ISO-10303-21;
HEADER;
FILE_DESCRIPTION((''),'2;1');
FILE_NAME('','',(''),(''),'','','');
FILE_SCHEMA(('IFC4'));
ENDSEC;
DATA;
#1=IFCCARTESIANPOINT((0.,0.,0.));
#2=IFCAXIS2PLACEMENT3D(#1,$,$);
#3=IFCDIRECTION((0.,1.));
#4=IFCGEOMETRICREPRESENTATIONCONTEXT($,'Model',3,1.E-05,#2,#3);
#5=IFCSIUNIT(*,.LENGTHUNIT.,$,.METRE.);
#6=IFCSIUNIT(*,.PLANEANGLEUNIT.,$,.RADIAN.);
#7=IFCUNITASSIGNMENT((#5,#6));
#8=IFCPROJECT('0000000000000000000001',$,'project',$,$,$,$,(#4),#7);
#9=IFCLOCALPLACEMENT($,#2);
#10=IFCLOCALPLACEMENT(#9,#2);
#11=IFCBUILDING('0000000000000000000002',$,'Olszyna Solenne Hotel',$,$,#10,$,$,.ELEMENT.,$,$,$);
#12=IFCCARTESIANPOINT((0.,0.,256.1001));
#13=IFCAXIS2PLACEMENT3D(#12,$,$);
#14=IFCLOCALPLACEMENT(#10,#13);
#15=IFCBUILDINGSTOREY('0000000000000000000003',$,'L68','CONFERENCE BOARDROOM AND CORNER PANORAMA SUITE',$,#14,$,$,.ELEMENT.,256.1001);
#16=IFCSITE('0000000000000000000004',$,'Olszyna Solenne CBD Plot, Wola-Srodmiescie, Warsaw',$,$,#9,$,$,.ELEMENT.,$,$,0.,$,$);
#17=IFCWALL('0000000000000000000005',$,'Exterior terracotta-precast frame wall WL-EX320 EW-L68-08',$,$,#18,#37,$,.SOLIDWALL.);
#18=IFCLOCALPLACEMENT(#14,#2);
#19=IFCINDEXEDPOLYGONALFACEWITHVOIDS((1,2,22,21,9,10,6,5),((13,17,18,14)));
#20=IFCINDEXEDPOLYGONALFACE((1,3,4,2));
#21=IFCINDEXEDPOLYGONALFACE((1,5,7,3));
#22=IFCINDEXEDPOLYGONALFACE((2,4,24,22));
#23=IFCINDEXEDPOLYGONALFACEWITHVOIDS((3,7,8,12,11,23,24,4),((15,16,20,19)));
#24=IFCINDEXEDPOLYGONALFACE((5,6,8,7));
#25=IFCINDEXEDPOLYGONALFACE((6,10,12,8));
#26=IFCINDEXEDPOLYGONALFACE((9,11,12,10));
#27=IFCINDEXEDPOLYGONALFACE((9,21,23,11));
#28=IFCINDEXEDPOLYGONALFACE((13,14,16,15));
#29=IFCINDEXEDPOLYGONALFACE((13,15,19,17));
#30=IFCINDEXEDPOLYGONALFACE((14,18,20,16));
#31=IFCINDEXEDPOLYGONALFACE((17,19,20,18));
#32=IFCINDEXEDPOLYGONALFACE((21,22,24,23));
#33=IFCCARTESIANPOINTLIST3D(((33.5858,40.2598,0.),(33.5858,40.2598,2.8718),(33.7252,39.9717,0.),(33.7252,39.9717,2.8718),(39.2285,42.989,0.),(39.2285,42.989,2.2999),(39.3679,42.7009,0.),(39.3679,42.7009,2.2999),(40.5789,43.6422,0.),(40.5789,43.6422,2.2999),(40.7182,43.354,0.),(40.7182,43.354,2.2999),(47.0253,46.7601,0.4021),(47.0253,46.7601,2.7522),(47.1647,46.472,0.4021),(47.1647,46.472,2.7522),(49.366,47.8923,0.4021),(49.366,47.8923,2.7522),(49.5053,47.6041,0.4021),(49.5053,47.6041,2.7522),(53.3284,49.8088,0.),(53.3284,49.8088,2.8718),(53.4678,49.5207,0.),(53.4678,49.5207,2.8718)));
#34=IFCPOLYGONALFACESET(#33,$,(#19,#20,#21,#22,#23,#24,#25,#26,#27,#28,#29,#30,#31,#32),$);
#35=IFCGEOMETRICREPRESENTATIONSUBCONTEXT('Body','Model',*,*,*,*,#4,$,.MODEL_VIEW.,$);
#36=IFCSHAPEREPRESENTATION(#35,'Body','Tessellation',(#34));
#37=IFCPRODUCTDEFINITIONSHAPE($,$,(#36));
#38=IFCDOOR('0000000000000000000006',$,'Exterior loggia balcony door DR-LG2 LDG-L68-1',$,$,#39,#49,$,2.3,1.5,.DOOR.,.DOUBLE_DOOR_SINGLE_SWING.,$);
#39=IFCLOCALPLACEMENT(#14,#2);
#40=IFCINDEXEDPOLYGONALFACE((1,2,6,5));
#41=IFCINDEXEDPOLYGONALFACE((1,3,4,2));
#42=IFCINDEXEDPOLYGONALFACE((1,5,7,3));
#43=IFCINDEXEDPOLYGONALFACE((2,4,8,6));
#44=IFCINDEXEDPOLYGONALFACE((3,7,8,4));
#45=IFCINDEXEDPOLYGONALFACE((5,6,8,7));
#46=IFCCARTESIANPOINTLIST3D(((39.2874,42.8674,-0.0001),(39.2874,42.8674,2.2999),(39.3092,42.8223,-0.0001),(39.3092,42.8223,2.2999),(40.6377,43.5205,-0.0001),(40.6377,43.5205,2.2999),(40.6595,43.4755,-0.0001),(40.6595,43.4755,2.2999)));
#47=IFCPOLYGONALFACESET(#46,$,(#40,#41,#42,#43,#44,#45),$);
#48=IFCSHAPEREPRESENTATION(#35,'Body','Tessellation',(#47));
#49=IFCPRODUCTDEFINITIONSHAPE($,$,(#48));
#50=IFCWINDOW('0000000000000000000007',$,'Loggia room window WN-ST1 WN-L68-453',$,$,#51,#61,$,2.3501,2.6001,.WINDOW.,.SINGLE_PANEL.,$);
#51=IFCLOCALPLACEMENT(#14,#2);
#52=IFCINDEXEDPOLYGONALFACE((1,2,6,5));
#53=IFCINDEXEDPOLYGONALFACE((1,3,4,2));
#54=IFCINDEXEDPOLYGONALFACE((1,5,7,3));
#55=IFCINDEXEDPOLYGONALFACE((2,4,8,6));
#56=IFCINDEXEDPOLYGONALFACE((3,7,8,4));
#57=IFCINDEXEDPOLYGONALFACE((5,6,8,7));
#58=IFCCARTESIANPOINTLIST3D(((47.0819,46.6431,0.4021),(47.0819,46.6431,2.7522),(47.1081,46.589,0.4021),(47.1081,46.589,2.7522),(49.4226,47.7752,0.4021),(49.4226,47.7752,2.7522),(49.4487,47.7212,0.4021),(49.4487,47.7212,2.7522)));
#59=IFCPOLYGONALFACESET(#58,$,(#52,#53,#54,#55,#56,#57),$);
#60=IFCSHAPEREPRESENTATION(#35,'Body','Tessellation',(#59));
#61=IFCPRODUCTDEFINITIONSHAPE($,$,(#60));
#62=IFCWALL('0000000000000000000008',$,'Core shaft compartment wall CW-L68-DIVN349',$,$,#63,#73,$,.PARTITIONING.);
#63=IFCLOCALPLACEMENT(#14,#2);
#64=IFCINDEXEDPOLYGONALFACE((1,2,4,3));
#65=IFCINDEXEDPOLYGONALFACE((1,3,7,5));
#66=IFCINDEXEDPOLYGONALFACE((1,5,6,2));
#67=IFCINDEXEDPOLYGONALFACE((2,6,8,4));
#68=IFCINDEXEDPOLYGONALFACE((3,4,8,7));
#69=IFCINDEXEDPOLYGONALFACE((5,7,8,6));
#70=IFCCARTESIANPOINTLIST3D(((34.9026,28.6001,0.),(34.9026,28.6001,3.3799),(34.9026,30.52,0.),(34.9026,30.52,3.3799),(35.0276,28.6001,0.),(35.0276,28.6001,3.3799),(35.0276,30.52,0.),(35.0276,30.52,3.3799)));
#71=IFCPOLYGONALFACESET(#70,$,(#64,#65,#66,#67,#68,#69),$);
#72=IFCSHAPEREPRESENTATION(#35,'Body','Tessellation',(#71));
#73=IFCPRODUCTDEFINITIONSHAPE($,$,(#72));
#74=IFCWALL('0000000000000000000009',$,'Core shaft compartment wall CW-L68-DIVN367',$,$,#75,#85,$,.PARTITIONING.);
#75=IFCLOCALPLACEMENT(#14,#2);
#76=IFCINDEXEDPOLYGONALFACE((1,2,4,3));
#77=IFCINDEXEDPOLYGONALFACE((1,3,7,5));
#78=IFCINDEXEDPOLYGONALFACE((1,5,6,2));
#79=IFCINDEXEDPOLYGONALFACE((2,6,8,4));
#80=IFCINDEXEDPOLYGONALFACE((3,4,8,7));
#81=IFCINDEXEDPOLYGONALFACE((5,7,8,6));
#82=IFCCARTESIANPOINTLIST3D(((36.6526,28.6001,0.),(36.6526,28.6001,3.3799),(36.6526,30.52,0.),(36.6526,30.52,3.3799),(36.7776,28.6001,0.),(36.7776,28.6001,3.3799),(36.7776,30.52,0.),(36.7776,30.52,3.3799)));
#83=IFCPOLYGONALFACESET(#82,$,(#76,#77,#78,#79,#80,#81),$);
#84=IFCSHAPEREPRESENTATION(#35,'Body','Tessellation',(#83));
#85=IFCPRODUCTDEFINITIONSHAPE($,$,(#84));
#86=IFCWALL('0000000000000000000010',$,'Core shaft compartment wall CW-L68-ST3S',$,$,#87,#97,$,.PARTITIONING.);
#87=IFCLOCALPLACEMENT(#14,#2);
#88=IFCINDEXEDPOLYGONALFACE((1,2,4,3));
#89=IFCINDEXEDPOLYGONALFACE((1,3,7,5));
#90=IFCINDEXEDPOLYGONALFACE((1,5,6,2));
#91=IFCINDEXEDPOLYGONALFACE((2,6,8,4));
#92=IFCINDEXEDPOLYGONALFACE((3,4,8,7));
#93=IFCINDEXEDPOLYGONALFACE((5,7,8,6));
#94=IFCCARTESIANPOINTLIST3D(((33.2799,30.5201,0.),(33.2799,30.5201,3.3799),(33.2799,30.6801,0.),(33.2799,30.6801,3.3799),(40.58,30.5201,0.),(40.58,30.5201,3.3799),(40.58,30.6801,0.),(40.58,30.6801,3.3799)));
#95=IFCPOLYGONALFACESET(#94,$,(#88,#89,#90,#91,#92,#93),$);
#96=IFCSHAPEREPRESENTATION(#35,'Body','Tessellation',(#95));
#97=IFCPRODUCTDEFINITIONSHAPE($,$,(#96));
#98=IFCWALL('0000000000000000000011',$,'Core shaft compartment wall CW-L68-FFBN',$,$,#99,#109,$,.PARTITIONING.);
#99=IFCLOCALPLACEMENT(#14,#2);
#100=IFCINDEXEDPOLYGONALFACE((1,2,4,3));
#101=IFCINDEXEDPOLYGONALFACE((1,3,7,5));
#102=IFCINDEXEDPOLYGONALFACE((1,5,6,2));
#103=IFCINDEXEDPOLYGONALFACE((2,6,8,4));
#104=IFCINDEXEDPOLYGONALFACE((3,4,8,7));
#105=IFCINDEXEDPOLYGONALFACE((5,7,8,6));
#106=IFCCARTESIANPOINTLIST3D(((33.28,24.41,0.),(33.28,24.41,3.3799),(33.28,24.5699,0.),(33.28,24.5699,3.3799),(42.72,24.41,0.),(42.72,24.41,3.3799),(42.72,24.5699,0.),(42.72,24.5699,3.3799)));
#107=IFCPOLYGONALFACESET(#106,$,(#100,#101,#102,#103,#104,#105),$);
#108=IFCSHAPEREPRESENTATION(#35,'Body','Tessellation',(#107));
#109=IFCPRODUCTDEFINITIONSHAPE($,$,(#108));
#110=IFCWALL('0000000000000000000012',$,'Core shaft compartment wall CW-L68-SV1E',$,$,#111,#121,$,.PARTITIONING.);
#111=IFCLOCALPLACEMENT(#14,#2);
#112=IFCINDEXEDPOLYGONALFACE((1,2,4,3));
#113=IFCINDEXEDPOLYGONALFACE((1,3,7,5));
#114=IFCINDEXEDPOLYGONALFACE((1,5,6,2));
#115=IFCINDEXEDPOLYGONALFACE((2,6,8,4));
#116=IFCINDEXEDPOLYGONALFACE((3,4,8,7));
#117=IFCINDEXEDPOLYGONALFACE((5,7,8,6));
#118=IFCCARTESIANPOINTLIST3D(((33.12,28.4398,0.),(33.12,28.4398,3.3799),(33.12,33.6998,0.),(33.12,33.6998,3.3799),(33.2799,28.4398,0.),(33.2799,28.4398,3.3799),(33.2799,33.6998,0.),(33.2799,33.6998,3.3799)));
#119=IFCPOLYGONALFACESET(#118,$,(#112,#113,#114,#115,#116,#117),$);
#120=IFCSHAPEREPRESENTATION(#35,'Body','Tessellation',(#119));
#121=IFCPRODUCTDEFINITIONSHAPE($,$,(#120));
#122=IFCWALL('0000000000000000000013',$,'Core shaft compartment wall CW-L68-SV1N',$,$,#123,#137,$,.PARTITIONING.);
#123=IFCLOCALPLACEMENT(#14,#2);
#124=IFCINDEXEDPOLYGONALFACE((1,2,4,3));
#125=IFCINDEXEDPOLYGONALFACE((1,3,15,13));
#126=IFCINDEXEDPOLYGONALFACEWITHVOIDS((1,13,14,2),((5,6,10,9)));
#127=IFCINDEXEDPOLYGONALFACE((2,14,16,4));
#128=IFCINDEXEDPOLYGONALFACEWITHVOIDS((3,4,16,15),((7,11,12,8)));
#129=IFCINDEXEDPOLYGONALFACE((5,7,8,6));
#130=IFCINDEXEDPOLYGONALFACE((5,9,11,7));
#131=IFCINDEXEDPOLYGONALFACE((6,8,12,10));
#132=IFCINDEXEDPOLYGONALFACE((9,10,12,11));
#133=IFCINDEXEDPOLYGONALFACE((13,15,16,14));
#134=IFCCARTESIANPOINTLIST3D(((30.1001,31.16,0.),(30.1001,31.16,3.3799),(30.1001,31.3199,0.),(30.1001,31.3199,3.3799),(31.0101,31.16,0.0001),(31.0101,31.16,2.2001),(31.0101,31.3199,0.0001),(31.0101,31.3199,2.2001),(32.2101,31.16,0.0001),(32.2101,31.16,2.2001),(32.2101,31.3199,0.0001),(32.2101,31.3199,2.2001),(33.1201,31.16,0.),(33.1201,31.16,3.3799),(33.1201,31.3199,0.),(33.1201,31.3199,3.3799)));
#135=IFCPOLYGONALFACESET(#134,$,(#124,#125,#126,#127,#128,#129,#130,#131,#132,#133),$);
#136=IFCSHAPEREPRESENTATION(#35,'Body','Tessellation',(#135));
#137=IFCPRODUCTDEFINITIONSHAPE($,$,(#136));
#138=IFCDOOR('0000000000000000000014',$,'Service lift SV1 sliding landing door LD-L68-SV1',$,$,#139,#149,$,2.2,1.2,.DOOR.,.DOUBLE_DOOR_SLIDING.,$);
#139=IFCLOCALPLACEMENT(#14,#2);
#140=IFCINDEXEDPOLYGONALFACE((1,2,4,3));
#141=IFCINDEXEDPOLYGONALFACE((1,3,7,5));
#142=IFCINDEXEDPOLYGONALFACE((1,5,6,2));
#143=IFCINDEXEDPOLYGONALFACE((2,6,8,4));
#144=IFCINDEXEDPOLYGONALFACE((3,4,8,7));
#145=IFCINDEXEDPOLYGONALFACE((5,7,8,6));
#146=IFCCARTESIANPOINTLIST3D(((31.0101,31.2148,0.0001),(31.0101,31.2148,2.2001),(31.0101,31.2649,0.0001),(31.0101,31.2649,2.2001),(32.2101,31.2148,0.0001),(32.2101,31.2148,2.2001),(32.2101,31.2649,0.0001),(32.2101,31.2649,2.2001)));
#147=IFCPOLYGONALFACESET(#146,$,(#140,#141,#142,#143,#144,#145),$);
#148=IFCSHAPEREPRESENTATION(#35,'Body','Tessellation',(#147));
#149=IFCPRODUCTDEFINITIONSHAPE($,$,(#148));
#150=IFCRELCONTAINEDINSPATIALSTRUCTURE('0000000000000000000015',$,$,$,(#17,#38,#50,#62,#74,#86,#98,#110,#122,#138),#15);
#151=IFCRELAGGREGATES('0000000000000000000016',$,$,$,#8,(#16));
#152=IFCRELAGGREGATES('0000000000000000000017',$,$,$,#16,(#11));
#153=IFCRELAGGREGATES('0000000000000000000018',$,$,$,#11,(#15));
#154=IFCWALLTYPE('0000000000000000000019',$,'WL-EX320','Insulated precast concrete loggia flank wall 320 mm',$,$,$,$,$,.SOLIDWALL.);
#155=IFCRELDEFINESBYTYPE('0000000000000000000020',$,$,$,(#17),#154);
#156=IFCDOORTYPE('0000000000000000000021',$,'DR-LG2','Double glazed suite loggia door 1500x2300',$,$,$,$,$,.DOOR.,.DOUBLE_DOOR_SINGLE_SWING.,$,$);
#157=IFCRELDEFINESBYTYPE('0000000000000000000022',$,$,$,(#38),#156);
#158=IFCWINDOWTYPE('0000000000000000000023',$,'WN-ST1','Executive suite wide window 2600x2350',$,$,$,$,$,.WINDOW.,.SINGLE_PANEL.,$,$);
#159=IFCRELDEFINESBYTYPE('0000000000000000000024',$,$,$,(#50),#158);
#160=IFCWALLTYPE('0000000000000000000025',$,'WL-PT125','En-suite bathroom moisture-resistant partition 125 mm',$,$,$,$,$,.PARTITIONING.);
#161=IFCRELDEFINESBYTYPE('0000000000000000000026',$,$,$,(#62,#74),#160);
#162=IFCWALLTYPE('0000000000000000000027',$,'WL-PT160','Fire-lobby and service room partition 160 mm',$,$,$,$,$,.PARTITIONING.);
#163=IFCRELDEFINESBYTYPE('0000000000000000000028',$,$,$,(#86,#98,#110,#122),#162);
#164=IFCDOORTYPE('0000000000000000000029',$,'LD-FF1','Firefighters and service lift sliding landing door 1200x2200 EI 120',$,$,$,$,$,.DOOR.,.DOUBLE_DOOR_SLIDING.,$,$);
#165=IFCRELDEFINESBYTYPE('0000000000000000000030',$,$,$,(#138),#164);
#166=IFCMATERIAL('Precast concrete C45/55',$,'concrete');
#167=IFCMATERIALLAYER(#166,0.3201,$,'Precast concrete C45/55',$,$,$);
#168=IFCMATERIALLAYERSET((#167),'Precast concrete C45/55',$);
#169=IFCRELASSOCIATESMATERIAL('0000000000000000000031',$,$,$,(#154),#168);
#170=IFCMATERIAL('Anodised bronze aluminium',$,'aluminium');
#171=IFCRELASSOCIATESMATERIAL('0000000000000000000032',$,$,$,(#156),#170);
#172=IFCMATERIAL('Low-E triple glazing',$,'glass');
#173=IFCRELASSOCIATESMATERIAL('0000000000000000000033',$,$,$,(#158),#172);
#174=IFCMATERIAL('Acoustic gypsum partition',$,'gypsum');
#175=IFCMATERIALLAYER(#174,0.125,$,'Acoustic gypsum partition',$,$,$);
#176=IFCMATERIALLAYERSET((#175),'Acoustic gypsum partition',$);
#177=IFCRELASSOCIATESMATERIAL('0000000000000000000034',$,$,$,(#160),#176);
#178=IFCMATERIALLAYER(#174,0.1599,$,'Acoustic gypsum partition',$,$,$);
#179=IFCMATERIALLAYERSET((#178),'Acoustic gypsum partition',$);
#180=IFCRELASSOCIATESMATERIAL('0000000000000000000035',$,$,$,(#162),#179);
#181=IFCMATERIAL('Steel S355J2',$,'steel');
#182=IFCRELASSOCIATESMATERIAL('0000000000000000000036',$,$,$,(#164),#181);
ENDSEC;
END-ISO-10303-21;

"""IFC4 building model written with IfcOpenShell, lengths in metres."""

from ifc_helpers import new_model, si_unit, direction, frame, frame_2d, origin, place, context, subcontext, project, spatial, rectangle, extrude, source, transform, mapped, material, layer, layer_set, type_object, type_shapes, element, fill, save


model = new_model("IFC4")

# Units and contexts
model_context = context("Model", 3, precision=1e-05, world=origin(), true_north=direction((0.0, 1.0)))
body_context = subcontext(model_context, "Body", "Model", "MODEL_VIEW")
ifc_project = project(units=[si_unit("LENGTHUNIT", "METRE"), si_unit("PLANEANGLEUNIT", "RADIAN")], contexts=[model_context])

# Site, building, storey
site_placement = place(None, origin())
site = spatial("IfcSite", under=ifc_project, at=site_placement, Name="Olszyna Solenne CBD Plot, Wola-Srodmiescie, Warsaw", CompositionType="ELEMENT", RefElevation=0.0)
building_placement = place(site_placement, origin())
building = spatial("IfcBuilding", under=site, at=building_placement, Name="Olszyna Solenne Hotel", CompositionType="ELEMENT")
storey_placement = place(building_placement, frame((0.0, 0.0, 256.1001)))
storey = spatial("IfcBuildingStorey", under=building, at=storey_placement, Name="L68", Description="CONFERENCE BOARDROOM AND CORNER PANORAMA SUITE", CompositionType="ELEMENT", Elevation=256.1001)

# Shared definitions
ifc_material_1 = material(Name="Steel S355J2", Category="steel")

# Wall, openings, door, window
ifc_material_2 = material(Name="Precast concrete C45/55", Category="concrete")
ifc_layer_1 = layer(ifc_material_2, 0.3201, Name="Precast concrete C45/55")
ifc_layer_set_1 = layer_set([ifc_layer_1], Name="Precast concrete C45/55")
wall_type_1 = type_object("IfcWallType", Name="WL-EX320", Description="Insulated precast concrete loggia flank wall 320 mm", PredefinedType="SOLIDWALL", material=ifc_layer_set_1)
wall_1_placement = place(storey_placement, frame((33.6555, 40.1157, 0.0), z_axis=(0.0, 0.0, 1.0), x_axis=(0.900228, 0.435419, 0.0)))
wall_1 = element("IfcWall", 1, at=wall_1_placement, inside=storey, type_object=wall_type_1, Name="Exterior terracotta-precast frame wall WL-EX320 EW-L68-08", PredefinedType="SOLIDWALL", context=body_context, shape_type="SweptSolid", body=[
    extrude(rectangle(XDim=21.9307, YDim=0.3201, at=frame_2d((10.9653, 0.0))), origin(), (0.0, 0.0, 1.0), 2.8718),
])
opening_1_placement = place(wall_1_placement, frame((6.2681, 0.0, 0.0)))
opening_1 = element("IfcOpeningElement", 2, at=opening_1_placement, cuts=wall_1, PredefinedType="OPENING", context=body_context, shape_type="SweptSolid", body=[
    extrude(rectangle(XDim=1.5, YDim=2.3, at=frame_2d((0.75, 1.1499))), frame((0.0, 0.1699, 0.0), z_axis=(0.0, -1.0, 0.0), x_axis=(1.0, 0.0, 0.0)), (0.0, 0.0, 1.0), 0.3401),
])
opening_2_placement = place(wall_1_placement, frame((14.929, 0.0, 0.4021)))
opening_2 = element("IfcOpeningElement", 3, at=opening_2_placement, cuts=wall_1, PredefinedType="OPENING", context=body_context, shape_type="SweptSolid", body=[
    extrude(rectangle(XDim=2.6001, YDim=2.3501, at=frame_2d((1.3, 1.175))), frame((0.0, 0.1699, 0.0), z_axis=(0.0, -1.0, 0.0), x_axis=(1.0, 0.0, 0.0)), (0.0, 0.0, 1.0), 0.3401),
])
ifc_material_3 = material(Name="Anodised bronze aluminium", Category="aluminium")
door_type_1 = type_object("IfcDoorType", Name="DR-LG2", Description="Double glazed suite loggia door 1500x2300", OperationType="DOUBLE_DOOR_SINGLE_SWING", PredefinedType="DOOR", material=ifc_material_3)
shared_shape_1 = source(origin(), body_context, "Body", "SweptSolid", [
    extrude(rectangle(XDim=1.5, YDim=2.3, at=frame_2d((0.75, 1.1499))), frame((0.0, 0.0249, 0.0), z_axis=(0.0, -1.0, 0.0), x_axis=(1.0, 0.0, 0.0)), (0.0, 0.0, 1.0), 0.05),
])
type_shapes(door_type_1, [shared_shape_1])
door_1_placement = place(opening_1_placement, origin())
door_1 = element("IfcDoor", 4, at=door_1_placement, inside=storey, type_object=door_type_1, Name="Exterior loggia balcony door DR-LG2 LDG-L68-1", OperationType="DOUBLE_DOOR_SINGLE_SWING", OverallHeight=2.3, OverallWidth=1.5, PredefinedType="DOOR", context=body_context, shape_type="MappedRepresentation", body=[
    mapped(shared_shape_1, transform((0.0, 0.0, 0.0), x_axis=(1.0, 0.0, 0.0), y_axis=(0.0, 1.0, 0.0), z_axis=(0.0, 0.0, 1.0), scale=1.0)),
])
fill(opening_1, door_1)
ifc_material_4 = material(Name="Low-E triple glazing", Category="glass")
window_type = type_object("IfcWindowType", Name="WN-ST1", Description="Executive suite wide window 2600x2350", PartitioningType="SINGLE_PANEL", PredefinedType="WINDOW", material=ifc_material_4)
shared_shape_2 = source(origin(), body_context, "Body", "SweptSolid", [
    extrude(rectangle(XDim=2.6001, YDim=2.3501, at=frame_2d((1.3, 1.175))), frame((0.0, 0.03, 0.0), z_axis=(0.0, -1.0, 0.0), x_axis=(1.0, 0.0, 0.0)), (0.0, 0.0, 1.0), 0.0601),
])
type_shapes(window_type, [shared_shape_2])
window_placement = place(opening_2_placement, origin())
window = element("IfcWindow", 5, at=window_placement, inside=storey, type_object=window_type, Name="Loggia room window WN-ST1 WN-L68-453", OverallHeight=2.3501, OverallWidth=2.6001, PartitioningType="SINGLE_PANEL", PredefinedType="WINDOW", context=body_context, shape_type="MappedRepresentation", body=[
    mapped(shared_shape_2, transform((0.0, 0.0, 0.0), x_axis=(1.0, 0.0, 0.0), y_axis=(0.0, 1.0, 0.0), z_axis=(0.0, 0.0, 1.0), scale=1.0)),
])
fill(opening_2, window)

# Walls
ifc_material_5 = material(Name="Acoustic gypsum partition", Category="gypsum")
ifc_layer_2 = layer(ifc_material_5, 0.125, Name="Acoustic gypsum partition")
ifc_layer_set_2 = layer_set([ifc_layer_2], Name="Acoustic gypsum partition")
wall_type_2 = type_object("IfcWallType", Name="WL-PT125", Description="En-suite bathroom moisture-resistant partition 125 mm", PredefinedType="PARTITIONING", material=ifc_layer_set_2)
for number, where, z_axis, x_axis, name in (
    (6, (34.9651, 28.6001, 0.0), (0.0, 0.0, 1.0), (0.0, 1.0, 0.0), "Core shaft compartment wall CW-L68-DIVN349"),
    (7, (36.7151, 28.6001, 0.0), (0.0, 0.0, 1.0), (0.0, 1.0, 0.0), "Core shaft compartment wall CW-L68-DIVN367"),
):
    element("IfcWall", number, at=place(storey_placement, frame(where, z_axis=z_axis, x_axis=x_axis)), inside=storey, type_object=wall_type_2, Name=name, PredefinedType="PARTITIONING", context=body_context, shape_type="SweptSolid", body=[
        extrude(rectangle(XDim=1.9199, YDim=0.125, at=frame_2d((0.96, 0.0))), origin(), (0.0, 0.0, 1.0), 3.3799),
    ])
ifc_layer_3 = layer(ifc_material_5, 0.1599, Name="Acoustic gypsum partition")
ifc_layer_set_3 = layer_set([ifc_layer_3], Name="Acoustic gypsum partition")
wall_type_3 = type_object("IfcWallType", Name="WL-PT160", Description="Fire-lobby and service room partition 160 mm", PredefinedType="PARTITIONING", material=ifc_layer_set_3)
wall_2_placement = place(storey_placement, frame((33.28, 30.6001, 0.0), z_axis=(0.0, 0.0, 1.0), x_axis=(1.0, 0.0, 0.0)))
element("IfcWall", 8, at=wall_2_placement, inside=storey, type_object=wall_type_3, Name="Core shaft compartment wall CW-L68-ST3S", PredefinedType="PARTITIONING", context=body_context, shape_type="SweptSolid", body=[
    extrude(rectangle(XDim=7.3, YDim=0.1599, at=frame_2d((3.6499, 0.0))), origin(), (0.0, 0.0, 1.0), 3.3799),
])
wall_3_placement = place(storey_placement, frame((33.28, 24.49, 0.0), z_axis=(0.0, 0.0, 1.0), x_axis=(1.0, 0.0, 0.0)))
element("IfcWall", 9, at=wall_3_placement, inside=storey, type_object=wall_type_3, Name="Core shaft compartment wall CW-L68-FFBN", PredefinedType="PARTITIONING", context=body_context, shape_type="SweptSolid", body=[
    extrude(rectangle(XDim=9.4399, YDim=0.1599, at=frame_2d((4.72, 0.0))), origin(), (0.0, 0.0, 1.0), 3.3799),
])
wall_4_placement = place(storey_placement, frame((33.2, 28.4399, 0.0), z_axis=(0.0, 0.0, 1.0), x_axis=(0.0, 1.0, 0.0)))
element("IfcWall", 10, at=wall_4_placement, inside=storey, type_object=wall_type_3, Name="Core shaft compartment wall CW-L68-SV1E", PredefinedType="PARTITIONING", context=body_context, shape_type="SweptSolid", body=[
    extrude(rectangle(XDim=5.26, YDim=0.1599, at=frame_2d((2.6299, 0.0))), origin(), (0.0, 0.0, 1.0), 3.3799),
])

# Wall, opening, door
wall_5_placement = place(storey_placement, frame((30.1001, 31.24, 0.0), z_axis=(0.0, 0.0, 1.0), x_axis=(1.0, 0.0, 0.0)))
wall_5 = element("IfcWall", 11, at=wall_5_placement, inside=storey, type_object=wall_type_3, Name="Core shaft compartment wall CW-L68-SV1N", PredefinedType="PARTITIONING", context=body_context, shape_type="SweptSolid", body=[
    extrude(rectangle(XDim=3.02, YDim=0.1599, at=frame_2d((1.51, 0.0))), origin(), (0.0, 0.0, 1.0), 3.3799),
])
opening_3_placement = place(wall_5_placement, frame((0.9099, 0.0, 0.0)))
opening_3 = element("IfcOpeningElement", 12, at=opening_3_placement, cuts=wall_5, PredefinedType="OPENING", context=body_context, shape_type="SweptSolid", body=[
    extrude(rectangle(XDim=1.2, YDim=2.2, at=frame_2d((0.6001, 1.1001))), frame((0.0, 0.0898, 0.0), z_axis=(0.0, -1.0, 0.0), x_axis=(1.0, 0.0, 0.0)), (0.0, 0.0, 1.0), 0.1799),
])
door_type_2 = type_object("IfcDoorType", Name="LD-FF1", Description="Firefighters and service lift sliding landing door 1200x2200 EI 120", OperationType="DOUBLE_DOOR_SLIDING", PredefinedType="DOOR", material=ifc_material_1)
shared_shape_3 = source(origin(), body_context, "Body", "SweptSolid", [
    extrude(rectangle(XDim=1.2, YDim=2.2, at=frame_2d((0.6001, 1.1001))), frame((0.0, 0.0249, 0.0), z_axis=(0.0, -1.0, 0.0), x_axis=(1.0, 0.0, 0.0)), (0.0, 0.0, 1.0), 0.05),
])
type_shapes(door_type_2, [shared_shape_3])
door_2_placement = place(opening_3_placement, origin())
door_2 = element("IfcDoor", 13, at=door_2_placement, inside=storey, type_object=door_type_2, Name="Service lift SV1 sliding landing door LD-L68-SV1", OperationType="DOUBLE_DOOR_SLIDING", OverallHeight=2.2, OverallWidth=1.2, PredefinedType="DOOR", context=body_context, shape_type="MappedRepresentation", body=[
    mapped(shared_shape_3, transform((0.0, 0.0, 0.0), x_axis=(1.0, 0.0, 0.0), y_axis=(0.0, 1.0, 0.0), z_axis=(0.0, 0.0, 1.0), scale=1.0)),
])
fill(opening_3, door_2)

save(model, "model.ifc")
